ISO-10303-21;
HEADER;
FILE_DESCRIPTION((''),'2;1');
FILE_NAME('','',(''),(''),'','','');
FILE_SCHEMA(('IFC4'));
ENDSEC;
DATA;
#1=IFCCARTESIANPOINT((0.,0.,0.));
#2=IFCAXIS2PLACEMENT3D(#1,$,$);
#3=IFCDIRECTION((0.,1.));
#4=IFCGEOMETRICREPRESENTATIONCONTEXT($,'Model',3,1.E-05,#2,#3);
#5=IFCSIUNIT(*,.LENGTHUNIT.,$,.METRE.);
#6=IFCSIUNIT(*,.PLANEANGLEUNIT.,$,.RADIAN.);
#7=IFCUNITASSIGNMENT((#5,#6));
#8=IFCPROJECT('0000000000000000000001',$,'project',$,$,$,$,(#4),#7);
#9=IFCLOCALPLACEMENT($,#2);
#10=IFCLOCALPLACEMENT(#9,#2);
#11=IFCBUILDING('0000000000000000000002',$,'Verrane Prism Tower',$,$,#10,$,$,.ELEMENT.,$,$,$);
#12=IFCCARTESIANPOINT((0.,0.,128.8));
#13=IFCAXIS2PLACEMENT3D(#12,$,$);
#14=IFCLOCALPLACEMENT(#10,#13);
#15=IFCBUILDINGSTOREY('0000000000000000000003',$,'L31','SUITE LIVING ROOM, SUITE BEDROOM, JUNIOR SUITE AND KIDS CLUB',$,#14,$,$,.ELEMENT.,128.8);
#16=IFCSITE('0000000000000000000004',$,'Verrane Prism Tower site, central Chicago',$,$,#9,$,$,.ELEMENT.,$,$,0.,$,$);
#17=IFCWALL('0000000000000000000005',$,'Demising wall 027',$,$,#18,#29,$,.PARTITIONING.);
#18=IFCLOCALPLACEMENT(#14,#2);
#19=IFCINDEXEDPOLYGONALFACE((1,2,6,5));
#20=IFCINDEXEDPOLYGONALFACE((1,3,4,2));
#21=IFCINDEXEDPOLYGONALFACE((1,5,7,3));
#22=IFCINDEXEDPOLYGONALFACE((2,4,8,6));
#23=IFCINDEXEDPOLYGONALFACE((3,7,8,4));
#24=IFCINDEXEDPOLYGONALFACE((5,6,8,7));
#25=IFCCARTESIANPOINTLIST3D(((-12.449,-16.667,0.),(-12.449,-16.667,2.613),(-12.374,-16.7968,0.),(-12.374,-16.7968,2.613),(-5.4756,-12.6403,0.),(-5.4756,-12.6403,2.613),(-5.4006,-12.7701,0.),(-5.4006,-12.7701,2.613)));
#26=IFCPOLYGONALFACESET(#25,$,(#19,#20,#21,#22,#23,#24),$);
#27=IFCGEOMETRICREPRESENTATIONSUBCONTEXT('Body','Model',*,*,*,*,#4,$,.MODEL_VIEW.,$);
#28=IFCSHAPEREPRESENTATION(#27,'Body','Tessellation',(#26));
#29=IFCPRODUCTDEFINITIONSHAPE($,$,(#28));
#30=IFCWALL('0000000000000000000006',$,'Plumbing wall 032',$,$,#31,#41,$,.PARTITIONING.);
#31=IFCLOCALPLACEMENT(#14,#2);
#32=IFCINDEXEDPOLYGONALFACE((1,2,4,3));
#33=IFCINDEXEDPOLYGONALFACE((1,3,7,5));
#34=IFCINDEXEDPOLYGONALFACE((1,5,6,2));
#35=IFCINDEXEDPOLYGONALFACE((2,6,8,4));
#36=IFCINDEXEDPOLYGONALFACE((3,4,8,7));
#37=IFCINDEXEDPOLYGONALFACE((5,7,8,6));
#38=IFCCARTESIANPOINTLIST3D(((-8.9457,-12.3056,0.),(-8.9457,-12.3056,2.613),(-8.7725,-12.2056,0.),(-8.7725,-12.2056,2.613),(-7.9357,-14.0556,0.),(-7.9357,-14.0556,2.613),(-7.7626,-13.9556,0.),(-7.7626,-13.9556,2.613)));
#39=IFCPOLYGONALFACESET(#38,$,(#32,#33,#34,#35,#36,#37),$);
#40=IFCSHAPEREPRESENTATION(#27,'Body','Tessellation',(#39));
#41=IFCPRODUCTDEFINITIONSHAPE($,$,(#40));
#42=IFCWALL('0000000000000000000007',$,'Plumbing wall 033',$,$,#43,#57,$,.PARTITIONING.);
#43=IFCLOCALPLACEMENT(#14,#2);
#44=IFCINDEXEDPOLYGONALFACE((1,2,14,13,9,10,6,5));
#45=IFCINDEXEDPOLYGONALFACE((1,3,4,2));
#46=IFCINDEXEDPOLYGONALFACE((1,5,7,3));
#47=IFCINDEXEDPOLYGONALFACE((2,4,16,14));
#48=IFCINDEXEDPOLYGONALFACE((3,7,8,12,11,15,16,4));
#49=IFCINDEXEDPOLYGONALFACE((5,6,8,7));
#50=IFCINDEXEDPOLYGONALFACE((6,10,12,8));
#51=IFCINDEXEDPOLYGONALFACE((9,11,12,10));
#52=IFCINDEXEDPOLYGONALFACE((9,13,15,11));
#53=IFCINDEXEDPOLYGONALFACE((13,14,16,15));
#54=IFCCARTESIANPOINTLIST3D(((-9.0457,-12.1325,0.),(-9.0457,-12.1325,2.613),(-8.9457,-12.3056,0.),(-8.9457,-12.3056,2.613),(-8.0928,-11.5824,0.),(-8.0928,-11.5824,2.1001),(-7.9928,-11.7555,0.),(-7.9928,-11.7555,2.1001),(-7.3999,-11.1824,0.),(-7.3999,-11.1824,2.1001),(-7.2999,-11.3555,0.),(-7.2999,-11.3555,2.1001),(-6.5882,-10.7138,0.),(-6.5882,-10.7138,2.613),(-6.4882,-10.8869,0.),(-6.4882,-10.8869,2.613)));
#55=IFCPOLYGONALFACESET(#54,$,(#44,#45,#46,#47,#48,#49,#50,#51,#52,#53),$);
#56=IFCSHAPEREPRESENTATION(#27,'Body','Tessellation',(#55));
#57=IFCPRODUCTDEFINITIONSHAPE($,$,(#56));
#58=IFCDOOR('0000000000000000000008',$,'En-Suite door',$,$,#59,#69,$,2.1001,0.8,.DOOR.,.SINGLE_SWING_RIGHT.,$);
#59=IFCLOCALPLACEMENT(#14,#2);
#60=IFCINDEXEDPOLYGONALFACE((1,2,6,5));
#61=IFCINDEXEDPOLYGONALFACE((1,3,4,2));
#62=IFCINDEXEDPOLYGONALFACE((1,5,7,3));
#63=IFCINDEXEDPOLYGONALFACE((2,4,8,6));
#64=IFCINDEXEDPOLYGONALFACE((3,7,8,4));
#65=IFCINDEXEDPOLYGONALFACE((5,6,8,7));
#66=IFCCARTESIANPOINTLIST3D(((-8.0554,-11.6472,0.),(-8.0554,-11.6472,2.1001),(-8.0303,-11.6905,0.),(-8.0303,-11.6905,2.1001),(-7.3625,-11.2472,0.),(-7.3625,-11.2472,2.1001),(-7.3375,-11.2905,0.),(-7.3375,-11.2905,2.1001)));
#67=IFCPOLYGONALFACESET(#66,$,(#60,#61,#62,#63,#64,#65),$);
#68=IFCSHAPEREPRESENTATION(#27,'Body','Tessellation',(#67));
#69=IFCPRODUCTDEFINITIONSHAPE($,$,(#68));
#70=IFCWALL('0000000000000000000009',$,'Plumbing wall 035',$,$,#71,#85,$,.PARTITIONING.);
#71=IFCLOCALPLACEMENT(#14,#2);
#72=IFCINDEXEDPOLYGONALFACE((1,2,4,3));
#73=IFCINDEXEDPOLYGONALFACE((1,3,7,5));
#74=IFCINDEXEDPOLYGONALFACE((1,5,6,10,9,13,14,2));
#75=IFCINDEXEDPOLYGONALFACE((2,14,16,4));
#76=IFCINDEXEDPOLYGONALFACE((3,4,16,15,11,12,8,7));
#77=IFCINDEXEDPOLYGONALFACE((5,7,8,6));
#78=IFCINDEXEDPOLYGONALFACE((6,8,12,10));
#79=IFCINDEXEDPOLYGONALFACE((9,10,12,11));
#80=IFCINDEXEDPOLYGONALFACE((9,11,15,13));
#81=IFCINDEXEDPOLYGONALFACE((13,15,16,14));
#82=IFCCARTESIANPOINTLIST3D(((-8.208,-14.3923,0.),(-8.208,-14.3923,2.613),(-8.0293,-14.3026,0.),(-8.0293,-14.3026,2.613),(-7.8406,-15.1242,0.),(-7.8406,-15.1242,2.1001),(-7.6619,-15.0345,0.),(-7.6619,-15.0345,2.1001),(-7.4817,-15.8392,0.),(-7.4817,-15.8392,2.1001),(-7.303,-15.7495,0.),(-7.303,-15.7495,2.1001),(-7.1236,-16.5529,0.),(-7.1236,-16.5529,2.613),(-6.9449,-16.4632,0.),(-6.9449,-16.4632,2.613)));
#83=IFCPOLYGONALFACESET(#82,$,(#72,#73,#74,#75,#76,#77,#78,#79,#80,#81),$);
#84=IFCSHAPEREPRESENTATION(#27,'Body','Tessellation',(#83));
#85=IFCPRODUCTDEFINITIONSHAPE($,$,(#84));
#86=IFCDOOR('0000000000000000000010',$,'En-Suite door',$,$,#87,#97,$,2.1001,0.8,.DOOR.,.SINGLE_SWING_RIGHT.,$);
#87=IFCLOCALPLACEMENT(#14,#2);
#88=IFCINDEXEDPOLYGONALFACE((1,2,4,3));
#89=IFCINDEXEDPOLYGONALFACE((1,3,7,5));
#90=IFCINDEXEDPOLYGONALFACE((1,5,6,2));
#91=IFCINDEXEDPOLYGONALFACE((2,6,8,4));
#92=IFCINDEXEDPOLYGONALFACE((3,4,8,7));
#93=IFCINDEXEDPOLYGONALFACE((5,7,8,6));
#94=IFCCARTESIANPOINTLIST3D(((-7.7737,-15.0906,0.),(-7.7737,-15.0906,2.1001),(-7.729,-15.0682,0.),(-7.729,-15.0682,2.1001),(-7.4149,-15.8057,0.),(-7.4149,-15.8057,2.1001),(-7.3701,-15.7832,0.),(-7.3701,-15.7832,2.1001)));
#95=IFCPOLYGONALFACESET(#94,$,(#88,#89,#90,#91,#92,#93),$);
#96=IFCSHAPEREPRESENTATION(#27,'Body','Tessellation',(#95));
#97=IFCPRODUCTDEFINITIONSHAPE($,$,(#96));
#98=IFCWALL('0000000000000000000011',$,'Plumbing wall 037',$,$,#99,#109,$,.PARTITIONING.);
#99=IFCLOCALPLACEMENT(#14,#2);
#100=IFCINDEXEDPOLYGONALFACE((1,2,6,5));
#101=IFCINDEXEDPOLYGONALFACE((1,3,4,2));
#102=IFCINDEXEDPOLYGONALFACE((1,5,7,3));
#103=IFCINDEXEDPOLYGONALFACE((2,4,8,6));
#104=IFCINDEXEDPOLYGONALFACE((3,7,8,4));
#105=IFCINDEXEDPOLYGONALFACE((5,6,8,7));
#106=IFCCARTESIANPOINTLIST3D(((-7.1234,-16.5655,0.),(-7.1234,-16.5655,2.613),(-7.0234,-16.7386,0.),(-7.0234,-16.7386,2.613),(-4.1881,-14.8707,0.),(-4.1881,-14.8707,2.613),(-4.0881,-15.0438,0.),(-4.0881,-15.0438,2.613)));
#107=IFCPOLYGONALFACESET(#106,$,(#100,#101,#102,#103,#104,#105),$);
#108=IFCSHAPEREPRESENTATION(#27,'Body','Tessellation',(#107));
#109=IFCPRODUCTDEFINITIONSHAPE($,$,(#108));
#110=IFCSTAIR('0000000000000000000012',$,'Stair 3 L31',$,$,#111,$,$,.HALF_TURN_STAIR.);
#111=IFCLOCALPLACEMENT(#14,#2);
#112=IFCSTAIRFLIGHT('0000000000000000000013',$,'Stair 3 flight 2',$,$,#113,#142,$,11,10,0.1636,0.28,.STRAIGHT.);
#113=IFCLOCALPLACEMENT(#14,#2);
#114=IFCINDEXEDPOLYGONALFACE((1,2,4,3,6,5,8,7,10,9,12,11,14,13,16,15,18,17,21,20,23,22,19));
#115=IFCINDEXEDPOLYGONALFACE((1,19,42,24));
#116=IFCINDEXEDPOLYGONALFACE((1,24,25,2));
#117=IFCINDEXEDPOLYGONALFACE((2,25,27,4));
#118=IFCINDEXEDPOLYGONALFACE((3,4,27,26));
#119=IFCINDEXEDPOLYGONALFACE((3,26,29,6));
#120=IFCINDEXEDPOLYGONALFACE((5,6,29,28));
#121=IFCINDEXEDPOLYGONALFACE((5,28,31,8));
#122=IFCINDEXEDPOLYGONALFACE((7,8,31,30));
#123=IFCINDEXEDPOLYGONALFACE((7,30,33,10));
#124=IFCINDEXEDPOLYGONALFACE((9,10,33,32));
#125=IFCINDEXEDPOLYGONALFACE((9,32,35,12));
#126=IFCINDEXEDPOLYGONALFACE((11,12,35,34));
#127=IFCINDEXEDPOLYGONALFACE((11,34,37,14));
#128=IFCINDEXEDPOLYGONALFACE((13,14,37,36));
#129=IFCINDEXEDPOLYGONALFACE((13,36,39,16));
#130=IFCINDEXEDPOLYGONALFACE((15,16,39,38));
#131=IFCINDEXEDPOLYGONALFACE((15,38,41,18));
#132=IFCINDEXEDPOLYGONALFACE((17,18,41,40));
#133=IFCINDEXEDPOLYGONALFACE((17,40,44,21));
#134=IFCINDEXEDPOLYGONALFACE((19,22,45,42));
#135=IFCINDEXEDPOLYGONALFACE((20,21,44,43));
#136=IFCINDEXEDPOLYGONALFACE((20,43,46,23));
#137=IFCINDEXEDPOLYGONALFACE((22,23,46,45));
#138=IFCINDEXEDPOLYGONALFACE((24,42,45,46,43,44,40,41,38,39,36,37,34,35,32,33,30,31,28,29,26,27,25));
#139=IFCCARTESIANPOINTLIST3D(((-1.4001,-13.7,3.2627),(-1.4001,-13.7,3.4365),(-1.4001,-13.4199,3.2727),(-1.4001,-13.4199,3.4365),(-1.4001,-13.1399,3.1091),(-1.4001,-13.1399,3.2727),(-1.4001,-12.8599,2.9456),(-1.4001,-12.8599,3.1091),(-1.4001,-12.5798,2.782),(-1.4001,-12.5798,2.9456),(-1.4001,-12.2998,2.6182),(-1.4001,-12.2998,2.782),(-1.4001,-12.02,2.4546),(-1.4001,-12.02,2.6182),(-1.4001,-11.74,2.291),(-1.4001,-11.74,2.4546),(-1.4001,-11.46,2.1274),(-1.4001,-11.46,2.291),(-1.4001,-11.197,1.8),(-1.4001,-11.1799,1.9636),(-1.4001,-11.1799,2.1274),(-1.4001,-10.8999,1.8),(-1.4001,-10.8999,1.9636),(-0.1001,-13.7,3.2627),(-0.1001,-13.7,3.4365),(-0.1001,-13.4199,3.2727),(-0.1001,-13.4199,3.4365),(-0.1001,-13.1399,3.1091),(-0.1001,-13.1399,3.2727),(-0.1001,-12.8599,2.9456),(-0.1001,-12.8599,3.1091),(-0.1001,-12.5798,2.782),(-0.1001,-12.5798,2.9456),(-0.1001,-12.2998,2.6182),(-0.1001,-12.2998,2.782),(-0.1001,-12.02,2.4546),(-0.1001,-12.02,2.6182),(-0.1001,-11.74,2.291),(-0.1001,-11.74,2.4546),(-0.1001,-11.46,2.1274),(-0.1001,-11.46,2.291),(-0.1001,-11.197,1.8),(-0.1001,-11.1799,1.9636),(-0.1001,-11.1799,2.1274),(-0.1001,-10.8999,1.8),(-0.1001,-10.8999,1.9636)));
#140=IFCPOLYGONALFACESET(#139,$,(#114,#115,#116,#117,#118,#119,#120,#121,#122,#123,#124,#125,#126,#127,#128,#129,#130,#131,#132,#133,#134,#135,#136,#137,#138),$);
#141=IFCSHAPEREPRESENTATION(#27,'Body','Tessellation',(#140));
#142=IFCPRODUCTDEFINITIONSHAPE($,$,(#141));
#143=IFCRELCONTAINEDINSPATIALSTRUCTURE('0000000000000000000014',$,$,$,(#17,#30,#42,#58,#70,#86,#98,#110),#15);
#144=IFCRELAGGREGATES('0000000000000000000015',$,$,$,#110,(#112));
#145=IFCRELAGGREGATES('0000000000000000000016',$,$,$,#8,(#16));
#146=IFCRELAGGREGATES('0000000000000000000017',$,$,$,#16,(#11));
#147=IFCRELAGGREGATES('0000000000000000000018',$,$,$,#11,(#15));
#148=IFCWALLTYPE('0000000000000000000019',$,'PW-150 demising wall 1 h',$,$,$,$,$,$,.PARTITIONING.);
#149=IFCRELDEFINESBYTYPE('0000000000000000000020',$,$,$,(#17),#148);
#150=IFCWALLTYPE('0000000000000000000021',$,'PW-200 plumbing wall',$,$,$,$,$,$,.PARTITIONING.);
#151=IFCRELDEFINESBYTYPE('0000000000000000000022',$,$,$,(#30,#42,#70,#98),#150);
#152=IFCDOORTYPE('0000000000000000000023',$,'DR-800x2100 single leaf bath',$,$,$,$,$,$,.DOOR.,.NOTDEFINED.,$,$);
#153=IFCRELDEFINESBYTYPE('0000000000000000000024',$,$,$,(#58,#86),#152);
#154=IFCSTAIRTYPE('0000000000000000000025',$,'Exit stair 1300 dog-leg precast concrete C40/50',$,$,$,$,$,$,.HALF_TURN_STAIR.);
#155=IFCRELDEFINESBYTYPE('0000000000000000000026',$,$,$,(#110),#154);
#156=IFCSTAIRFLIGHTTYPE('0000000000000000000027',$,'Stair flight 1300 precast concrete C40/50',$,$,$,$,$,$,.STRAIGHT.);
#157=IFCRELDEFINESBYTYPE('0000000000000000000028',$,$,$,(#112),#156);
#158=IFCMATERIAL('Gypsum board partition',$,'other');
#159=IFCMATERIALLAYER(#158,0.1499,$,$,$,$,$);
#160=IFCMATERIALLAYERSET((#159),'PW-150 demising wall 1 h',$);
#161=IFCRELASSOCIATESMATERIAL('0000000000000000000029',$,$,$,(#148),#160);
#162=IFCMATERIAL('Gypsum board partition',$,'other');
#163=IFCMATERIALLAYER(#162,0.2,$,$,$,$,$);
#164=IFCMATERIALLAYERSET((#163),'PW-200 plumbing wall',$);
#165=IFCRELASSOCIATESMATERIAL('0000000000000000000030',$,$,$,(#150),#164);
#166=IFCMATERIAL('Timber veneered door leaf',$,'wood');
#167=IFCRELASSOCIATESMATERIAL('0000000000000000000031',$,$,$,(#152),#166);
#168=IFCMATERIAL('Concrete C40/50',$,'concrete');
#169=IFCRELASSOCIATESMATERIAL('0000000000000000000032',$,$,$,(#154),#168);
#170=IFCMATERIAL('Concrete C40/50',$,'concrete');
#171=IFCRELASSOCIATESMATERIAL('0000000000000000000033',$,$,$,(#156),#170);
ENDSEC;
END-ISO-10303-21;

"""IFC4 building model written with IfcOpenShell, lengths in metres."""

from ifc_helpers import new_model, si_unit, direction, frame, frame_2d, origin, place, context, subcontext, project, spatial, polyline, rectangle, outline, extrude, material, layer, layer_set, type_object, element, fill, aggregate, save


model = new_model("IFC4")

# Units and contexts
model_context = context("Model", 3, precision=1e-05, world=origin(), true_north=direction((0.0, 1.0)))
body_context = subcontext(model_context, "Body", "Model", "MODEL_VIEW")
ifc_project = project(units=[si_unit("LENGTHUNIT", "METRE"), si_unit("PLANEANGLEUNIT", "RADIAN")], contexts=[model_context])

# Site, building, storey
site_placement = place(None, origin())
site = spatial("IfcSite", under=ifc_project, at=site_placement, Name="Verrane Prism Tower site, central Chicago", CompositionType="ELEMENT", RefElevation=0.0)
building_placement = place(site_placement, origin())
building = spatial("IfcBuilding", under=site, at=building_placement, Name="Verrane Prism Tower", CompositionType="ELEMENT")
storey_placement = place(building_placement, frame((0.0, 0.0, 128.8)))
storey = spatial("IfcBuildingStorey", under=building, at=storey_placement, Name="L31", Description="SUITE LIVING ROOM, SUITE BEDROOM, JUNIOR SUITE AND KIDS CLUB", CompositionType="ELEMENT", Elevation=128.8)

# Walls
ifc_material_1 = material(Name="Gypsum board partition", Category="other")
ifc_layer_1 = layer(ifc_material_1, 0.1499)
ifc_layer_set_1 = layer_set([ifc_layer_1], Name="PW-150 demising wall 1 h")
wall_type_1 = type_object("IfcWallType", Name="PW-150 demising wall 1 h", PredefinedType="PARTITIONING", material=ifc_layer_set_1)
wall_1_placement = place(storey_placement, frame((-12.4116, -16.7319, 0.0), z_axis=(0.0, 0.0, 1.0), x_axis=(0.865997, 0.500049, 0.0)))
element("IfcWall", 1, at=wall_1_placement, inside=storey, type_object=wall_type_1, Name="Demising wall 027", PredefinedType="PARTITIONING", context=body_context, shape_type="SweptSolid", body=[
    extrude(rectangle(XDim=8.0525, YDim=0.1499, at=frame_2d((4.0264, 0.0))), origin(), (0.0, 0.0, 1.0), 2.613),
])
ifc_material_2 = material(Name="Gypsum board partition", Category="other")
ifc_layer_2 = layer(ifc_material_2, 0.2)
ifc_layer_set_2 = layer_set([ifc_layer_2], Name="PW-200 plumbing wall")
wall_type_2 = type_object("IfcWallType", Name="PW-200 plumbing wall", PredefinedType="PARTITIONING", material=ifc_layer_set_2)
wall_2_placement = place(storey_placement, frame((-8.8591, -12.2556, 0.0), z_axis=(0.0, 0.0, 1.0), x_axis=(0.499869, -0.866101, 0.0)))
element("IfcWall", 2, at=wall_2_placement, inside=storey, type_object=wall_type_2, Name="Plumbing wall 032", PredefinedType="PARTITIONING", context=body_context, shape_type="SweptSolid", body=[
    extrude(rectangle(XDim=2.0205, YDim=0.2, at=frame_2d((1.0103, 0.0))), origin(), (0.0, 0.0, 1.0), 2.613),
])

# Walls, openings, doors
wall_3_placement = place(storey_placement, frame((-6.5381, -10.8003, 0.0), z_axis=(0.0, 0.0, 1.0), x_axis=(-0.866048, -0.499961, 0.0)))
wall_3 = element("IfcWall", 3, at=wall_3_placement, inside=storey, type_object=wall_type_2, Name="Plumbing wall 033", PredefinedType="PARTITIONING", context=body_context, shape_type="SweptSolid", body=[
    extrude(rectangle(XDim=2.8376, YDim=0.2, at=frame_2d((1.4189, 0.0))), origin(), (0.0, 0.0, 1.0), 2.613),
])
opening_1_placement = place(wall_3_placement, frame((0.9375, 0.0, 0.0)))
opening_1 = element("IfcOpeningElement", 4, at=opening_1_placement, cuts=wall_3, PredefinedType="OPENING", context=body_context, shape_type="SweptSolid", body=[
    extrude(rectangle(XDim=0.8, YDim=2.1001, at=frame_2d((0.3999, 1.05))), frame((0.0, 0.1099, 0.0), z_axis=(0.0, -1.0, 0.0), x_axis=(1.0, 0.0, 0.0)), (0.0, 0.0, 1.0), 0.22),
])
ifc_material_3 = material(Name="Timber veneered door leaf", Category="wood")
door_type_1 = type_object("IfcDoorType", Name="DR-800x2100 single leaf bath", OperationType="NOTDEFINED", PredefinedType="DOOR", material=ifc_material_3)
door_1_placement = place(opening_1_placement, origin())
door_1 = element("IfcDoor", 5, at=door_1_placement, inside=storey, type_object=door_type_1, Name="En-Suite door", OperationType="SINGLE_SWING_RIGHT", OverallHeight=2.1001, OverallWidth=0.8, PredefinedType="DOOR", context=body_context, shape_type="SweptSolid", body=[
    extrude(rectangle(XDim=0.8, YDim=2.1001, at=frame_2d((0.3999, 1.05))), frame((0.0, 0.0249, 0.0), z_axis=(0.0, -1.0, 0.0), x_axis=(1.0, 0.0, 0.0)), (0.0, 0.0, 1.0), 0.05),
])
fill(opening_1, door_1)
wall_4_placement = place(storey_placement, frame((-8.1187, -14.3474, 0.0), z_axis=(0.0, 0.0, 1.0), x_axis=(0.448586, -0.893739, 0.0)))
wall_4 = element("IfcWall", 6, at=wall_4_placement, inside=storey, type_object=wall_type_2, Name="Plumbing wall 035", PredefinedType="PARTITIONING", context=body_context, shape_type="SweptSolid", body=[
    extrude(rectangle(XDim=2.4175, YDim=0.2, at=frame_2d((1.2087, 0.0))), origin(), (0.0, 0.0, 1.0), 2.613),
])
opening_2_placement = place(wall_4_placement, frame((0.8191, 0.0, 0.0)))
opening_2 = element("IfcOpeningElement", 7, at=opening_2_placement, cuts=wall_4, PredefinedType="OPENING", context=body_context, shape_type="SweptSolid", body=[
    extrude(rectangle(XDim=0.8, YDim=2.1001, at=frame_2d((0.3999, 1.05))), frame((0.0, 0.1099, 0.0), z_axis=(0.0, -1.0, 0.0), x_axis=(1.0, 0.0, 0.0)), (0.0, 0.0, 1.0), 0.22),
])
door_2_placement = place(opening_2_placement, origin())
door_2 = element("IfcDoor", 8, at=door_2_placement, inside=storey, type_object=door_type_1, Name="En-Suite door", OperationType="SINGLE_SWING_RIGHT", OverallHeight=2.1001, OverallWidth=0.8, PredefinedType="DOOR", context=body_context, shape_type="SweptSolid", body=[
    extrude(rectangle(XDim=0.8, YDim=2.1001, at=frame_2d((0.3999, 1.05))), frame((0.0, 0.0249, 0.0), z_axis=(0.0, -1.0, 0.0), x_axis=(1.0, 0.0, 0.0)), (0.0, 0.0, 1.0), 0.05),
])
fill(opening_2, door_2)

# Wall
wall_5_placement = place(storey_placement, frame((-7.0735, -16.6521, 0.0), z_axis=(0.0, 0.0, 1.0), x_axis=(0.866009, 0.500028, 0.0)))
element("IfcWall", 9, at=wall_5_placement, inside=storey, type_object=wall_type_2, Name="Plumbing wall 037", PredefinedType="PARTITIONING", context=body_context, shape_type="SweptSolid", body=[
    extrude(rectangle(XDim=3.3894, YDim=0.2, at=frame_2d((1.6948, 0.0))), origin(), (0.0, 0.0, 1.0), 2.613),
])

# Stair, stair flight
ifc_material_4 = material(Name="Concrete C40/50", Category="concrete")
stair_type = type_object("IfcStairType", Name="Exit stair 1300 dog-leg precast concrete C40/50", PredefinedType="HALF_TURN_STAIR", material=ifc_material_4)
stair_placement = place(storey_placement, origin())
stair = element("IfcStair", 10, at=stair_placement, inside=storey, type_object=stair_type, Name="Stair 3 L31", PredefinedType="HALF_TURN_STAIR")
ifc_material_5 = material(Name="Concrete C40/50", Category="concrete")
stair_flight_type = type_object("IfcStairFlightType", Name="Stair flight 1300 precast concrete C40/50", PredefinedType="STRAIGHT", material=ifc_material_5)
stair_flight_placement = place(storey_placement, frame((-0.75, -10.8999, 1.8), z_axis=(0.0, 0.0, 1.0), x_axis=(0.0, -1.0, 0.0)))
stair_flight = element("IfcStairFlight", 11, at=stair_flight_placement, type_object=stair_flight_type, Name="Stair 3 flight 2", NumberOfRisers=11, NumberOfTreads=10, PredefinedType="STRAIGHT", RiserHeight=0.1636, TreadLength=0.28, context=body_context, shape_type="SweptSolid", body=[
    extrude(outline(polyline([(0.0, 0.0), (0.0, 0.1636), (0.28, 0.1636), (0.28, 0.3274), (0.5601, 0.3274), (0.5601, 0.491), (0.8401, 0.491), (0.8401, 0.6545), (1.1201, 0.6545), (1.1201, 0.8181), (1.3999, 0.8181), (1.3999, 0.9819), (1.6799, 0.9819), (1.6799, 1.1455), (1.96, 1.1455), (1.96, 1.3091), (2.24, 1.3091), (2.24, 1.4727), (2.52, 1.4727), (2.52, 1.6365), (2.8, 1.6365), (2.8, 1.8), (2.8, 1.4626), (0.2971, 0.0), (0.0, 0.0)])), frame((0.0, 0.6499, 0.0), z_axis=(0.0, -1.0, 0.0), x_axis=(1.0, 0.0, 0.0)), (0.0, 0.0, 1.0), 1.3),
])
aggregate(stair, [stair_flight])

save(model, "model.ifc")
